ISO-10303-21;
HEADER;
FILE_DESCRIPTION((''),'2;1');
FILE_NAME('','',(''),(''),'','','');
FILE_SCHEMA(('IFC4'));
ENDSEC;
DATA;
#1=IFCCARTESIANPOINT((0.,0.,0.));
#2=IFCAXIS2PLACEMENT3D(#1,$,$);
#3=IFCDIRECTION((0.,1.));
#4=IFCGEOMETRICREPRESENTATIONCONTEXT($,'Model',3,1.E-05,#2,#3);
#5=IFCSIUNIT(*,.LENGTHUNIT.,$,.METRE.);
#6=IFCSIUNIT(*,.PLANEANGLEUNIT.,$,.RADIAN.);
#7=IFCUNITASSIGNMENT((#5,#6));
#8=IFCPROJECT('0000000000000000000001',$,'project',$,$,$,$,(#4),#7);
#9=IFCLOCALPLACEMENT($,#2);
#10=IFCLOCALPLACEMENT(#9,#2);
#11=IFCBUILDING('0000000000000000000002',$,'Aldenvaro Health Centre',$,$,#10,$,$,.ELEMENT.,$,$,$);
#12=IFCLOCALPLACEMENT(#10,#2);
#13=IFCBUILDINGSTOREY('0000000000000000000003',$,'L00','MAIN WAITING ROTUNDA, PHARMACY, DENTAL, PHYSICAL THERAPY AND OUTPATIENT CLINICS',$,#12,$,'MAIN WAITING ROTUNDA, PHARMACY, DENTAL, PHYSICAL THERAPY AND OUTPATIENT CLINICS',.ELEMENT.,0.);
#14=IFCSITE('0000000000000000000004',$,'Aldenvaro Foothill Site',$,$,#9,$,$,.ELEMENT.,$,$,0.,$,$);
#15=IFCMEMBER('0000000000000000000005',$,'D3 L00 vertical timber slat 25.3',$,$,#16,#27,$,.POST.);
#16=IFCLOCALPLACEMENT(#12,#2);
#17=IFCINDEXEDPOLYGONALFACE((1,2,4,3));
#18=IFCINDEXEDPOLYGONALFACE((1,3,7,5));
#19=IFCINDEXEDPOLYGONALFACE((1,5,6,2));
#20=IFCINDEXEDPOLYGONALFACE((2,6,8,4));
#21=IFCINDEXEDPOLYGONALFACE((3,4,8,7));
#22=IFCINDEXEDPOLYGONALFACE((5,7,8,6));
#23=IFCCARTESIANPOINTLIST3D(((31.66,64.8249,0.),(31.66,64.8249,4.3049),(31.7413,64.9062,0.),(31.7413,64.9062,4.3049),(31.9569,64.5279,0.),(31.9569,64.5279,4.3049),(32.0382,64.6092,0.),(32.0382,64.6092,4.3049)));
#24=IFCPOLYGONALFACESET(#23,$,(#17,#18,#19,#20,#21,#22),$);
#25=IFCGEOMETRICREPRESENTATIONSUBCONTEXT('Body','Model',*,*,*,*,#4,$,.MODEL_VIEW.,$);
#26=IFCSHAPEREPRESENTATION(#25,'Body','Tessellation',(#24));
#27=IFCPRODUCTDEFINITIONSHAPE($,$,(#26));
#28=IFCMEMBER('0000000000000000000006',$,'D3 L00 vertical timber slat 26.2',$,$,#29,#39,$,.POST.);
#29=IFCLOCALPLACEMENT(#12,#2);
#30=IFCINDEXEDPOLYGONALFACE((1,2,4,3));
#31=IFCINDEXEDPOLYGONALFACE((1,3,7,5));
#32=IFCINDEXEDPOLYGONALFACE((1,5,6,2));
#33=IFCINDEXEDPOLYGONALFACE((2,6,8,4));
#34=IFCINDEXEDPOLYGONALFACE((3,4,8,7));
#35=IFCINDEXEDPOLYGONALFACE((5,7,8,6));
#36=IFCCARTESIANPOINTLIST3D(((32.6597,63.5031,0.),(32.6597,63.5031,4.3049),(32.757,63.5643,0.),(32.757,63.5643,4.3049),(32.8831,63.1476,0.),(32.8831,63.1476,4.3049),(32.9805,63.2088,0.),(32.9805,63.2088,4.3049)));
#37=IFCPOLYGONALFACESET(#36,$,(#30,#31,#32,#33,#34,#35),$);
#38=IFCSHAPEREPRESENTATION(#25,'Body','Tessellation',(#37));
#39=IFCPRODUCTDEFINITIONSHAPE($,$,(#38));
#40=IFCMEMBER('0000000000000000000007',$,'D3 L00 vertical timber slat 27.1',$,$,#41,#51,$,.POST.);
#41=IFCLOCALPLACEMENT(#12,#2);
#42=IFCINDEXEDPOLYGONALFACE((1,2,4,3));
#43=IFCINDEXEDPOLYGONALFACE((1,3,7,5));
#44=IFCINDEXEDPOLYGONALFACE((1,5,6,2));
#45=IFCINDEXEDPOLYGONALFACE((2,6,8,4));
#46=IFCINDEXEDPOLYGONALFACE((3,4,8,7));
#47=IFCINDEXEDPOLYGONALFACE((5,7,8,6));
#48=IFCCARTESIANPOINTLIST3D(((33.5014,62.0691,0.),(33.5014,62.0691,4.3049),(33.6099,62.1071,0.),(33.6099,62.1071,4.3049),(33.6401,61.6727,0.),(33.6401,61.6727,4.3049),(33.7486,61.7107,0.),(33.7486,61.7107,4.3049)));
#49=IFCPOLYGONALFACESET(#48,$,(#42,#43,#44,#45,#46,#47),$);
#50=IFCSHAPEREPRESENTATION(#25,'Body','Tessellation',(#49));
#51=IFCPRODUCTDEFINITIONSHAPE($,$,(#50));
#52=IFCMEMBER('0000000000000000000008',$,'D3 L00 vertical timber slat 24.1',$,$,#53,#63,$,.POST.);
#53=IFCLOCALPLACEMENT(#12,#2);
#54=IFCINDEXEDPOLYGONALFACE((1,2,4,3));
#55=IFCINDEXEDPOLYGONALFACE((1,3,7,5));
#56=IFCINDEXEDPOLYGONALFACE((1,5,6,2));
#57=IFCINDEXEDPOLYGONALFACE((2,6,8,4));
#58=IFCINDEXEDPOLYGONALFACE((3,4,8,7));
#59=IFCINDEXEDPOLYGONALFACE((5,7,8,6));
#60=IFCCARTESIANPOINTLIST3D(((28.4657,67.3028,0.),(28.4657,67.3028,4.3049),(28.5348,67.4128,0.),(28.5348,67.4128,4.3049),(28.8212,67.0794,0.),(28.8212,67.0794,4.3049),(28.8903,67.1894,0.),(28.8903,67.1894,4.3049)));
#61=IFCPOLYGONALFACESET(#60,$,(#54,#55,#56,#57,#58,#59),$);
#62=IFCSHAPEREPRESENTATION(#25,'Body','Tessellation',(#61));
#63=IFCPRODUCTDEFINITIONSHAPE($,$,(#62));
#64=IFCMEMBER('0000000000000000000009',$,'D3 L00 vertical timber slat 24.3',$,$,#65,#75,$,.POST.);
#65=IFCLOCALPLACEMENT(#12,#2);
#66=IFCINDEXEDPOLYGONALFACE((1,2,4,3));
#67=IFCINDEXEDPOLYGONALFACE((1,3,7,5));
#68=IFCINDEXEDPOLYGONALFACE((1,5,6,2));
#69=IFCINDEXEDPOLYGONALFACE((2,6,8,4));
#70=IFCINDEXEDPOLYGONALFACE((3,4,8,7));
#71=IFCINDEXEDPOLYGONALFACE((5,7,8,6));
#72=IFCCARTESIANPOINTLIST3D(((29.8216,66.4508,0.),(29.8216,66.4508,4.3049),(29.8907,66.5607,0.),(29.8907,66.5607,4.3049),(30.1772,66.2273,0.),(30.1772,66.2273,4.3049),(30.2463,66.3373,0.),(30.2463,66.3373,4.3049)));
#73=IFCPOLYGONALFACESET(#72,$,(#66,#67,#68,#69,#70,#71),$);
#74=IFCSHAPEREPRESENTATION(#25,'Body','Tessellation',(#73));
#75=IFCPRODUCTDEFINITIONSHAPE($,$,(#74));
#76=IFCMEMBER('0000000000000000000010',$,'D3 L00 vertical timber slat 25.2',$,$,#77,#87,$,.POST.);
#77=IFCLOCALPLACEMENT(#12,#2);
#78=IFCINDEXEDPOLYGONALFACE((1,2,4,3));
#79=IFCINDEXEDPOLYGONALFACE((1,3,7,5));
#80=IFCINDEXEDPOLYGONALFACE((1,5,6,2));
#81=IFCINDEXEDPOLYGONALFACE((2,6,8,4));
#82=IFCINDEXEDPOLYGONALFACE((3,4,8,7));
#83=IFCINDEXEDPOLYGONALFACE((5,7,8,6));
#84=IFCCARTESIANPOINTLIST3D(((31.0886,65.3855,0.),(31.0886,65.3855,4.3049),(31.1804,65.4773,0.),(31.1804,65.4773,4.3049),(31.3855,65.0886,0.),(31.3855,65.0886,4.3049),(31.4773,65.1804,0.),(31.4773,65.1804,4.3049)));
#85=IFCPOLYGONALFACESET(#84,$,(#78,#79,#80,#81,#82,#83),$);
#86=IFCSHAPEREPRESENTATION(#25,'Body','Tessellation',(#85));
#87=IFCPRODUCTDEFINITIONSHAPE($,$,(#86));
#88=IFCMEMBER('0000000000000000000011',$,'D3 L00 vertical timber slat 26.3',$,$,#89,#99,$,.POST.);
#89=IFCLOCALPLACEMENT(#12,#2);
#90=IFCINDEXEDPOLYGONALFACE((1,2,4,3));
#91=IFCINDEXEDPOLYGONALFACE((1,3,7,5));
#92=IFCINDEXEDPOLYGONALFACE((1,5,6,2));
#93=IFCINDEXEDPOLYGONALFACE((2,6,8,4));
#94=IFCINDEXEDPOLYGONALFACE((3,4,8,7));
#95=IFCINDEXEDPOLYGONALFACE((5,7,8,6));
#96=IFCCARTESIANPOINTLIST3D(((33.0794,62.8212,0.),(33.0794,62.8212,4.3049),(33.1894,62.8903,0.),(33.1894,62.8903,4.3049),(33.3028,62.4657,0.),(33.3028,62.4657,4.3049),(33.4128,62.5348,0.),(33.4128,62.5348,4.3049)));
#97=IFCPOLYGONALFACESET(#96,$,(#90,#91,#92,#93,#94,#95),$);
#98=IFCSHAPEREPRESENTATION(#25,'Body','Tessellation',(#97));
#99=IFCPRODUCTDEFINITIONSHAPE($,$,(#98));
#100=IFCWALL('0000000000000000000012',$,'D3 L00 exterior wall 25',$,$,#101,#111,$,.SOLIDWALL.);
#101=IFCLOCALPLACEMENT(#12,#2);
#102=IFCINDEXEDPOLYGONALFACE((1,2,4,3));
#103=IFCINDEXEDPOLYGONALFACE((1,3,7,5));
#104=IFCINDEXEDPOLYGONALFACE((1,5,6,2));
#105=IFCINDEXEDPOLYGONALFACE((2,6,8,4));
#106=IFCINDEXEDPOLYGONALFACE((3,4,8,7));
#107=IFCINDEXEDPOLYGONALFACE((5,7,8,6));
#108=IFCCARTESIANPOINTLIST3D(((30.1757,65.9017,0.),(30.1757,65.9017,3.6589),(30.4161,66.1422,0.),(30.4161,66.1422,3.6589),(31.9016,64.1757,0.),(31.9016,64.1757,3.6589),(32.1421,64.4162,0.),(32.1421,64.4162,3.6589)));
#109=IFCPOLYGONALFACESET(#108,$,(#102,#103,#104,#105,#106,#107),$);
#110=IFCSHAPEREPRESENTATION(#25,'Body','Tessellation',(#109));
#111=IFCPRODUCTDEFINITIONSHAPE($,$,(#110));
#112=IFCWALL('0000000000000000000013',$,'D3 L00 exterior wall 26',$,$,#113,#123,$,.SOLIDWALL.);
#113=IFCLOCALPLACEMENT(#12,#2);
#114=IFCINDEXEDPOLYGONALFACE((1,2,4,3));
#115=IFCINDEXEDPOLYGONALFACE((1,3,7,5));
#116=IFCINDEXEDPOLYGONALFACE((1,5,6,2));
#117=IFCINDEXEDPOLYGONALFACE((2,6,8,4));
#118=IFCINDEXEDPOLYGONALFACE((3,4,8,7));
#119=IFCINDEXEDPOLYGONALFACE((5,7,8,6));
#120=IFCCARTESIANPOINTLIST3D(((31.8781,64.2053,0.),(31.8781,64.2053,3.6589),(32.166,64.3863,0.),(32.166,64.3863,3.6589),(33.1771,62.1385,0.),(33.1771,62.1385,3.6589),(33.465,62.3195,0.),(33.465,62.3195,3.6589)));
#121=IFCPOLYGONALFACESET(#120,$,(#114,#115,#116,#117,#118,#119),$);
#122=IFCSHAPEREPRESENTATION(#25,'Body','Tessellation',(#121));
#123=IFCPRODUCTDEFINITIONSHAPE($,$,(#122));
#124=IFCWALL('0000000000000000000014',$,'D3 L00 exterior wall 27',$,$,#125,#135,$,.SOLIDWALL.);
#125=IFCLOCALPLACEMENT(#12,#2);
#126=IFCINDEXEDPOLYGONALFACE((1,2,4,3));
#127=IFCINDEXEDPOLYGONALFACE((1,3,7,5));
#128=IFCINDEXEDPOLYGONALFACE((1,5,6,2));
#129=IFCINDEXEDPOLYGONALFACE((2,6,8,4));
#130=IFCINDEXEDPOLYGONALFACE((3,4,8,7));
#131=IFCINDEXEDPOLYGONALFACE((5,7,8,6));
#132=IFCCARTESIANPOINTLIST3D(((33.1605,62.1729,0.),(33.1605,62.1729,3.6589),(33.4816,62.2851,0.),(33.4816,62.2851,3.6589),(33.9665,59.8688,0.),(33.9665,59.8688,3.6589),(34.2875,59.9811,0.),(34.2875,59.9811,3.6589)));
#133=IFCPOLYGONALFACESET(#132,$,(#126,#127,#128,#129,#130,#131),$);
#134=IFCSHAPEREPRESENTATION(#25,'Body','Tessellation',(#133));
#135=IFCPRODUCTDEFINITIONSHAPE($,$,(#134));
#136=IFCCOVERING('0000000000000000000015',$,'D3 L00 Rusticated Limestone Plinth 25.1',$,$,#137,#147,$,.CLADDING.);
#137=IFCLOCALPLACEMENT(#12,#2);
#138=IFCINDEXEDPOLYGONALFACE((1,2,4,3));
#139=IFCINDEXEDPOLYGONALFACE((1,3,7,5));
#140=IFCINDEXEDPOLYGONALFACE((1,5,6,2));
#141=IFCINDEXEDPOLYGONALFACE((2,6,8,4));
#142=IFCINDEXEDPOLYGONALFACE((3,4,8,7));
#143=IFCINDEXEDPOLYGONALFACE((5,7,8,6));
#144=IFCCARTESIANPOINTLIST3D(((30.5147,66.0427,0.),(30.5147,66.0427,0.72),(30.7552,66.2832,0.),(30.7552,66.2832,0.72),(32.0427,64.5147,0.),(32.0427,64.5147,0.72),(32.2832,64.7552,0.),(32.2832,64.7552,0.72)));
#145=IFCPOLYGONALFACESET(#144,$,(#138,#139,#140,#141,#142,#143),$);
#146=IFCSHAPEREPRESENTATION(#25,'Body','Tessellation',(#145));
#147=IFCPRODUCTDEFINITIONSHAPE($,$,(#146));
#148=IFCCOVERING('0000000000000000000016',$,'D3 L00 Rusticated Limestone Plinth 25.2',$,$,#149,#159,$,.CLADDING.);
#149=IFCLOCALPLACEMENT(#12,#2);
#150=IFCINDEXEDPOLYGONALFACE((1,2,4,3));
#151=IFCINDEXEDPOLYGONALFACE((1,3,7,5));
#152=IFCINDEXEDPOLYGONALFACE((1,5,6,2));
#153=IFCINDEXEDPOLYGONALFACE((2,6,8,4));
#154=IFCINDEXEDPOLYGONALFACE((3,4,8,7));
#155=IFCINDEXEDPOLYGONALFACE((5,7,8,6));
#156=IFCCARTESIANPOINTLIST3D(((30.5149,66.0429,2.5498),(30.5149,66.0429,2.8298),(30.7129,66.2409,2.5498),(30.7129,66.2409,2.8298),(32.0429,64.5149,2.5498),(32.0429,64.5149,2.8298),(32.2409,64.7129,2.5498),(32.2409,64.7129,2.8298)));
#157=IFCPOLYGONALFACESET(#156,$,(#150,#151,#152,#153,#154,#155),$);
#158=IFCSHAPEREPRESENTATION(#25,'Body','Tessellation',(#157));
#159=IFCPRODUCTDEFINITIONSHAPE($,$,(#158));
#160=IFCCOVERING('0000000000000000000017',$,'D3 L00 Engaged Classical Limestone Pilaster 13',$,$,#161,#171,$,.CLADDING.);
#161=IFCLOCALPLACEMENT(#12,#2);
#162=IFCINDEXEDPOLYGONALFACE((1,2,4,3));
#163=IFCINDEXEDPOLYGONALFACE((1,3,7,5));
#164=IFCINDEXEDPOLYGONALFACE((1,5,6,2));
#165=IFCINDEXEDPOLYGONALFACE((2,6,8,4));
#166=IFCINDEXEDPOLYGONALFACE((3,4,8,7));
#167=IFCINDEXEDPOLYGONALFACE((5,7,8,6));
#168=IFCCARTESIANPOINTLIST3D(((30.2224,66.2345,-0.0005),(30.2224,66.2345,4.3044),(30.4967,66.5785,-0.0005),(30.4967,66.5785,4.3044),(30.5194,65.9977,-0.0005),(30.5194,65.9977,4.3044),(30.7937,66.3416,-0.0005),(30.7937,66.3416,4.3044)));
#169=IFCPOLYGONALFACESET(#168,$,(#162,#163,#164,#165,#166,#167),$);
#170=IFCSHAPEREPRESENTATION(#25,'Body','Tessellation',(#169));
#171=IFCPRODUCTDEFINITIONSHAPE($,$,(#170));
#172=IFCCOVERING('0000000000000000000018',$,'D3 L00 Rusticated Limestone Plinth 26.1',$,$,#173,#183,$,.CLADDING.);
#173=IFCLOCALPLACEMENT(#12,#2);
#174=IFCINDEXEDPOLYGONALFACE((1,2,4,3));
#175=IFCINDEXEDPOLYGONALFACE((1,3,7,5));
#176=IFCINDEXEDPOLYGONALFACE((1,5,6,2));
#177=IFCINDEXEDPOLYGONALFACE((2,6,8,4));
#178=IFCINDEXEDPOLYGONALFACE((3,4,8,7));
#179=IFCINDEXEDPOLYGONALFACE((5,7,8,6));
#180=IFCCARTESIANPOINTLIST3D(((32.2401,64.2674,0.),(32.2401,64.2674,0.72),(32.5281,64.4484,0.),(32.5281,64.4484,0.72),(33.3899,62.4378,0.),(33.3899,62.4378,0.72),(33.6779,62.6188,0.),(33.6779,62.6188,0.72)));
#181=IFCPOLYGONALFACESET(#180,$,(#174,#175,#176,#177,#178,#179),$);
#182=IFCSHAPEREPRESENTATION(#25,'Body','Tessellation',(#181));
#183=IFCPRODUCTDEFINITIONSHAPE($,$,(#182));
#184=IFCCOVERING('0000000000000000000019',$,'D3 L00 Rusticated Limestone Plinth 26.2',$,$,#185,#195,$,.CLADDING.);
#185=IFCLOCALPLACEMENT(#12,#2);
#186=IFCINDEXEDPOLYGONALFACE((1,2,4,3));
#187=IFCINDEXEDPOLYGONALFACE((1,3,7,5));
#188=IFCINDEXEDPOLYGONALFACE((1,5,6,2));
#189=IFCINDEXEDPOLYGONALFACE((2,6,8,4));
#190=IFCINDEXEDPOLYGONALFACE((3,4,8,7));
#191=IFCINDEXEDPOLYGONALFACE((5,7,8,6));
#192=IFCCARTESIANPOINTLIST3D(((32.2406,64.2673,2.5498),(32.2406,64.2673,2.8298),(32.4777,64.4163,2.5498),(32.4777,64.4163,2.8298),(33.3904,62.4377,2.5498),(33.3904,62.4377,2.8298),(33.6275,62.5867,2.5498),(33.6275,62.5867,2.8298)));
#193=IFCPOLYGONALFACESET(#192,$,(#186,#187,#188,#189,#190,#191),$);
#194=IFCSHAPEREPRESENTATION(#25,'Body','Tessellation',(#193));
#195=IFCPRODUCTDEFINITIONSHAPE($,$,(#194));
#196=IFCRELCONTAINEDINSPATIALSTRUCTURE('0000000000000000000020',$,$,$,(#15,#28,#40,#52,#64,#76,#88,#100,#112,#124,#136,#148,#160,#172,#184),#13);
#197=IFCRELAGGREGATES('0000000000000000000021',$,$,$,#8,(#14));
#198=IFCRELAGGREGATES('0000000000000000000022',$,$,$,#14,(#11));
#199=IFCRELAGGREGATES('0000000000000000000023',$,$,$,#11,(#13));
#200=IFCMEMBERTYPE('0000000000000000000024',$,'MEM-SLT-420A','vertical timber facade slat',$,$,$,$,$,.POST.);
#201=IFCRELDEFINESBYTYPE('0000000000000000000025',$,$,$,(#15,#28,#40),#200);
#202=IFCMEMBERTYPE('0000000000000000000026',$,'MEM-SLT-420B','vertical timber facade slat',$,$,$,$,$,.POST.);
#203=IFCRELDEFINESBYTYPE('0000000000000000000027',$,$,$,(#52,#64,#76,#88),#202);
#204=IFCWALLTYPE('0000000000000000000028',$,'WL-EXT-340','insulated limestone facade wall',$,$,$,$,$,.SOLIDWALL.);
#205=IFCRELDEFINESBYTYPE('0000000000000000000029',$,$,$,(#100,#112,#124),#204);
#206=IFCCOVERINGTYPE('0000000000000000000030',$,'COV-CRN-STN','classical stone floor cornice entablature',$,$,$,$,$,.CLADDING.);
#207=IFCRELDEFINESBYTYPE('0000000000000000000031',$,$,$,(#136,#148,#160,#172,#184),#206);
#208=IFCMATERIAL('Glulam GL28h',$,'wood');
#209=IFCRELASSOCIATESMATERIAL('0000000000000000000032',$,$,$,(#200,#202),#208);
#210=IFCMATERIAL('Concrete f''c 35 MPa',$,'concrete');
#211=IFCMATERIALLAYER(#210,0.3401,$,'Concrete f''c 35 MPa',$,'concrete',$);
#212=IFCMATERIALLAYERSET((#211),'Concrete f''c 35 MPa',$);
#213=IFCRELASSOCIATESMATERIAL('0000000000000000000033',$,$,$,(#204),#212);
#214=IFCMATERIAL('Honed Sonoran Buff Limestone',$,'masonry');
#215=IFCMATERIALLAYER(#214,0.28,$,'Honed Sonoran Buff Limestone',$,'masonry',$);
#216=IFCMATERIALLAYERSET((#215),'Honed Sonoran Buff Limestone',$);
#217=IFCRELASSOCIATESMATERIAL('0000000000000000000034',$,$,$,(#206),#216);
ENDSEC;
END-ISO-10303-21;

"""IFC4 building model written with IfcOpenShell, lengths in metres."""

from ifc_helpers import new_model, si_unit, direction, frame, frame_2d, origin, origin_2d, place, context, subcontext, project, spatial, rectangle, extrude, material, layer, layer_set, material_profile, profile_set, type_object, element, save


model = new_model("IFC4")

# Units and contexts
model_context = context("Model", 3, precision=1e-05, world=origin(), true_north=direction((0.0, 1.0)))
body_context = subcontext(model_context, "Body", "Model", "MODEL_VIEW")
ifc_project = project(units=[si_unit("LENGTHUNIT", "METRE"), si_unit("PLANEANGLEUNIT", "RADIAN")], contexts=[model_context])

# Site, building, storey
site_placement = place(None, origin())
site = spatial("IfcSite", under=ifc_project, at=site_placement, Name="Aldenvaro Foothill Site", CompositionType="ELEMENT", RefElevation=0.0)
building_placement = place(site_placement, origin())
building = spatial("IfcBuilding", under=site, at=building_placement, Name="Aldenvaro Health Centre", CompositionType="ELEMENT")
storey_placement = place(building_placement, origin())
storey = spatial("IfcBuildingStorey", under=building, at=storey_placement, Name="L00", Description="MAIN WAITING ROTUNDA, PHARMACY, DENTAL, PHYSICAL THERAPY AND OUTPATIENT CLINICS", LongName="MAIN WAITING ROTUNDA, PHARMACY, DENTAL, PHYSICAL THERAPY AND OUTPATIENT CLINICS", CompositionType="ELEMENT", Elevation=0.0)

# Shared definitions
ifc_material_1 = material(Name="Glulam GL28h", Category="wood")

# Members
ifc_material_profile_1 = material_profile(ifc_material_1, rectangle(XDim=0.115, YDim=0.4199, at=origin_2d()), Name="GL 115x420", Category="wood")
ifc_profile_set_1 = profile_set([ifc_material_profile_1], Name="Glulam GL28h")
member_type_1 = type_object("IfcMemberType", Name="MEM-SLT-420A", Description="vertical timber facade slat", PredefinedType="POST", material=ifc_profile_set_1)
for number, where, z_axis, x_axis, name in (
    (1, (31.8491, 64.717, 0.0), (0.0, 0.0, 1.0), (0.707107, 0.707107, 0.0), "D3 L00 vertical timber slat 25.3"),
    (2, (32.8201, 63.356, 0.0), (0.0, 0.0, 1.0), (0.846684, 0.532096, 0.0), "D3 L00 vertical timber slat 26.2"),
    (3, (33.625, 61.8899, 0.0), (0.0, 0.0, 1.0), (0.943909, 0.330204, 0.0), "D3 L00 vertical timber slat 27.1"),
):
    element("IfcMember", number, at=place(storey_placement, frame(where, z_axis=z_axis, x_axis=x_axis)), inside=storey, type_object=member_type_1, Name=name, PredefinedType="POST", context=body_context, shape_type="SweptSolid", body=[
        extrude(rectangle(XDim=0.115, YDim=0.4199, at=origin_2d()), origin(), (0.0, 0.0, 1.0), 4.3049),
    ])
ifc_material_profile_2 = material_profile(ifc_material_1, rectangle(XDim=0.1299, YDim=0.4199, at=origin_2d()), Name="GL 130x420", Category="wood")
ifc_profile_set_2 = profile_set([ifc_material_profile_2], Name="Glulam GL28h")
member_type_2 = type_object("IfcMemberType", Name="MEM-SLT-420B", Description="vertical timber facade slat", PredefinedType="POST", material=ifc_profile_set_2)
for number, where, z_axis, x_axis, name in (
    (4, (28.678, 67.2461, 0.0), (0.0, 0.0, 1.0), (0.532096, 0.846684, 0.0), "D3 L00 vertical timber slat 24.1"),
    (5, (30.0339, 66.394, 0.0), (0.0, 0.0, 1.0), (0.532096, 0.846684, 0.0), "D3 L00 vertical timber slat 24.3"),
    (6, (31.283, 65.283, 0.0), (0.0, 0.0, 1.0), (0.707107, 0.707107, 0.0), "D3 L00 vertical timber slat 25.2"),
    (7, (33.2461, 62.678, 0.0), (0.0, 0.0, 1.0), (0.846684, 0.532096, 0.0), "D3 L00 vertical timber slat 26.3"),
):
    element("IfcMember", number, at=place(storey_placement, frame(where, z_axis=z_axis, x_axis=x_axis)), inside=storey, type_object=member_type_2, Name=name, PredefinedType="POST", context=body_context, shape_type="SweptSolid", body=[
        extrude(rectangle(XDim=0.1299, YDim=0.4199, at=origin_2d()), origin(), (0.0, 0.0, 1.0), 4.3049),
    ])

# Walls
ifc_material_2 = material(Name="Concrete f'c 35 MPa", Category="concrete")
ifc_layer_1 = layer(ifc_material_2, 0.3401, Name="Concrete f'c 35 MPa", Category="concrete")
ifc_layer_set_1 = layer_set([ifc_layer_1], Name="Concrete f'c 35 MPa")
wall_type = type_object("IfcWallType", Name="WL-EXT-340", Description="insulated limestone facade wall", PredefinedType="SOLIDWALL", material=ifc_layer_set_1)
wall_1_placement = place(storey_placement, frame((30.2959, 66.022, 0.0), z_axis=(0.0, 0.0, 1.0), x_axis=(0.707107, -0.707107, 0.0)))
element("IfcWall", 8, at=wall_1_placement, inside=storey, type_object=wall_type, Name="D3 L00 exterior wall 25", PredefinedType="SOLIDWALL", context=body_context, shape_type="SweptSolid", body=[
    extrude(rectangle(XDim=2.4409, YDim=0.3401, at=frame_2d((1.2205, 0.0))), origin(), (0.0, 0.0, 1.0), 3.6589),
])
wall_2_placement = place(storey_placement, frame((32.022, 64.2959, 0.0), z_axis=(0.0, 0.0, 1.0), x_axis=(0.532137, -0.846658, 0.0)))
element("IfcWall", 9, at=wall_2_placement, inside=storey, type_object=wall_type, Name="D3 L00 exterior wall 26", PredefinedType="SOLIDWALL", context=body_context, shape_type="SweptSolid", body=[
    extrude(rectangle(XDim=2.4412, YDim=0.3401, at=frame_2d((1.2207, 0.0))), origin(), (0.0, 0.0, 1.0), 3.6589),
])
wall_3_placement = place(storey_placement, frame((33.321, 62.229, 0.0), z_axis=(0.0, 0.0, 1.0), x_axis=(0.330177, -0.943919, 0.0)))
element("IfcWall", 10, at=wall_3_placement, inside=storey, type_object=wall_type, Name="D3 L00 exterior wall 27", PredefinedType="SOLIDWALL", context=body_context, shape_type="SweptSolid", body=[
    extrude(rectangle(XDim=2.4409, YDim=0.3401, at=frame_2d((1.2205, 0.0))), origin(), (0.0, 0.0, 1.0), 3.6589),
])

# Coverings
ifc_material_3 = material(Name="Honed Sonoran Buff Limestone", Category="masonry")
ifc_layer_2 = layer(ifc_material_3, 0.28, Name="Honed Sonoran Buff Limestone", Category="masonry")
ifc_layer_set_2 = layer_set([ifc_layer_2], Name="Honed Sonoran Buff Limestone")
covering_type = type_object("IfcCoveringType", Name="COV-CRN-STN", Description="classical stone floor cornice entablature", PredefinedType="CLADDING", material=ifc_layer_set_2)
covering_1_placement = place(storey_placement, frame((31.3989, 65.3989, 0.0), z_axis=(0.0, 0.0, 1.0), x_axis=(0.707107, -0.707107, 0.0)))
element("IfcCovering", 11, at=covering_1_placement, inside=storey, type_object=covering_type, Name="D3 L00 Rusticated Limestone Plinth 25.1", PredefinedType="CLADDING", context=body_context, shape_type="SweptSolid", body=[
    extrude(rectangle(XDim=2.1609, YDim=0.3401, at=origin_2d()), origin(), (0.0, 0.0, 1.0), 0.72),
])
covering_2_placement = place(storey_placement, frame((31.3779, 65.3779, 2.5498), z_axis=(0.0, 0.0, 1.0), x_axis=(0.707107, -0.707107, 0.0)))
element("IfcCovering", 12, at=covering_2_placement, inside=storey, type_object=covering_type, Name="D3 L00 Rusticated Limestone Plinth 25.2", PredefinedType="CLADDING", context=body_context, shape_type="SweptSolid", body=[
    extrude(rectangle(XDim=2.1609, YDim=0.28, at=origin_2d()), origin(), (0.0, 0.0, 1.0), 0.28),
])
covering_3_placement = place(storey_placement, frame((30.5081, 66.2881, -0.0005), z_axis=(0.0, 0.0, 1.0), x_axis=(0.623486, 0.781835, 0.0)))
element("IfcCovering", 13, at=covering_3_placement, inside=storey, type_object=covering_type, Name="D3 L00 Engaged Classical Limestone Pilaster 13", PredefinedType="CLADDING", context=body_context, shape_type="SweptSolid", body=[
    extrude(rectangle(XDim=0.4399, YDim=0.3799, at=origin_2d()), origin(), (0.0, 0.0, 1.0), 4.3049),
])
covering_4_placement = place(storey_placement, frame((32.959, 63.4431, 0.0), z_axis=(0.0, 0.0, 1.0), x_axis=(0.532096, -0.846684, 0.0)))
element("IfcCovering", 14, at=covering_4_placement, inside=storey, type_object=covering_type, Name="D3 L00 Rusticated Limestone Plinth 26.1", PredefinedType="CLADDING", context=body_context, shape_type="SweptSolid", body=[
    extrude(rectangle(XDim=2.1609, YDim=0.3401, at=origin_2d()), origin(), (0.0, 0.0, 1.0), 0.72),
])
covering_5_placement = place(storey_placement, frame((32.9341, 63.427, 2.5498), z_axis=(0.0, 0.0, 1.0), x_axis=(0.532096, -0.846684, 0.0)))
element("IfcCovering", 15, at=covering_5_placement, inside=storey, type_object=covering_type, Name="D3 L00 Rusticated Limestone Plinth 26.2", PredefinedType="CLADDING", context=body_context, shape_type="SweptSolid", body=[
    extrude(rectangle(XDim=2.1609, YDim=0.28, at=origin_2d()), origin(), (0.0, 0.0, 1.0), 0.28),
])

save(model, "model.ifc")
